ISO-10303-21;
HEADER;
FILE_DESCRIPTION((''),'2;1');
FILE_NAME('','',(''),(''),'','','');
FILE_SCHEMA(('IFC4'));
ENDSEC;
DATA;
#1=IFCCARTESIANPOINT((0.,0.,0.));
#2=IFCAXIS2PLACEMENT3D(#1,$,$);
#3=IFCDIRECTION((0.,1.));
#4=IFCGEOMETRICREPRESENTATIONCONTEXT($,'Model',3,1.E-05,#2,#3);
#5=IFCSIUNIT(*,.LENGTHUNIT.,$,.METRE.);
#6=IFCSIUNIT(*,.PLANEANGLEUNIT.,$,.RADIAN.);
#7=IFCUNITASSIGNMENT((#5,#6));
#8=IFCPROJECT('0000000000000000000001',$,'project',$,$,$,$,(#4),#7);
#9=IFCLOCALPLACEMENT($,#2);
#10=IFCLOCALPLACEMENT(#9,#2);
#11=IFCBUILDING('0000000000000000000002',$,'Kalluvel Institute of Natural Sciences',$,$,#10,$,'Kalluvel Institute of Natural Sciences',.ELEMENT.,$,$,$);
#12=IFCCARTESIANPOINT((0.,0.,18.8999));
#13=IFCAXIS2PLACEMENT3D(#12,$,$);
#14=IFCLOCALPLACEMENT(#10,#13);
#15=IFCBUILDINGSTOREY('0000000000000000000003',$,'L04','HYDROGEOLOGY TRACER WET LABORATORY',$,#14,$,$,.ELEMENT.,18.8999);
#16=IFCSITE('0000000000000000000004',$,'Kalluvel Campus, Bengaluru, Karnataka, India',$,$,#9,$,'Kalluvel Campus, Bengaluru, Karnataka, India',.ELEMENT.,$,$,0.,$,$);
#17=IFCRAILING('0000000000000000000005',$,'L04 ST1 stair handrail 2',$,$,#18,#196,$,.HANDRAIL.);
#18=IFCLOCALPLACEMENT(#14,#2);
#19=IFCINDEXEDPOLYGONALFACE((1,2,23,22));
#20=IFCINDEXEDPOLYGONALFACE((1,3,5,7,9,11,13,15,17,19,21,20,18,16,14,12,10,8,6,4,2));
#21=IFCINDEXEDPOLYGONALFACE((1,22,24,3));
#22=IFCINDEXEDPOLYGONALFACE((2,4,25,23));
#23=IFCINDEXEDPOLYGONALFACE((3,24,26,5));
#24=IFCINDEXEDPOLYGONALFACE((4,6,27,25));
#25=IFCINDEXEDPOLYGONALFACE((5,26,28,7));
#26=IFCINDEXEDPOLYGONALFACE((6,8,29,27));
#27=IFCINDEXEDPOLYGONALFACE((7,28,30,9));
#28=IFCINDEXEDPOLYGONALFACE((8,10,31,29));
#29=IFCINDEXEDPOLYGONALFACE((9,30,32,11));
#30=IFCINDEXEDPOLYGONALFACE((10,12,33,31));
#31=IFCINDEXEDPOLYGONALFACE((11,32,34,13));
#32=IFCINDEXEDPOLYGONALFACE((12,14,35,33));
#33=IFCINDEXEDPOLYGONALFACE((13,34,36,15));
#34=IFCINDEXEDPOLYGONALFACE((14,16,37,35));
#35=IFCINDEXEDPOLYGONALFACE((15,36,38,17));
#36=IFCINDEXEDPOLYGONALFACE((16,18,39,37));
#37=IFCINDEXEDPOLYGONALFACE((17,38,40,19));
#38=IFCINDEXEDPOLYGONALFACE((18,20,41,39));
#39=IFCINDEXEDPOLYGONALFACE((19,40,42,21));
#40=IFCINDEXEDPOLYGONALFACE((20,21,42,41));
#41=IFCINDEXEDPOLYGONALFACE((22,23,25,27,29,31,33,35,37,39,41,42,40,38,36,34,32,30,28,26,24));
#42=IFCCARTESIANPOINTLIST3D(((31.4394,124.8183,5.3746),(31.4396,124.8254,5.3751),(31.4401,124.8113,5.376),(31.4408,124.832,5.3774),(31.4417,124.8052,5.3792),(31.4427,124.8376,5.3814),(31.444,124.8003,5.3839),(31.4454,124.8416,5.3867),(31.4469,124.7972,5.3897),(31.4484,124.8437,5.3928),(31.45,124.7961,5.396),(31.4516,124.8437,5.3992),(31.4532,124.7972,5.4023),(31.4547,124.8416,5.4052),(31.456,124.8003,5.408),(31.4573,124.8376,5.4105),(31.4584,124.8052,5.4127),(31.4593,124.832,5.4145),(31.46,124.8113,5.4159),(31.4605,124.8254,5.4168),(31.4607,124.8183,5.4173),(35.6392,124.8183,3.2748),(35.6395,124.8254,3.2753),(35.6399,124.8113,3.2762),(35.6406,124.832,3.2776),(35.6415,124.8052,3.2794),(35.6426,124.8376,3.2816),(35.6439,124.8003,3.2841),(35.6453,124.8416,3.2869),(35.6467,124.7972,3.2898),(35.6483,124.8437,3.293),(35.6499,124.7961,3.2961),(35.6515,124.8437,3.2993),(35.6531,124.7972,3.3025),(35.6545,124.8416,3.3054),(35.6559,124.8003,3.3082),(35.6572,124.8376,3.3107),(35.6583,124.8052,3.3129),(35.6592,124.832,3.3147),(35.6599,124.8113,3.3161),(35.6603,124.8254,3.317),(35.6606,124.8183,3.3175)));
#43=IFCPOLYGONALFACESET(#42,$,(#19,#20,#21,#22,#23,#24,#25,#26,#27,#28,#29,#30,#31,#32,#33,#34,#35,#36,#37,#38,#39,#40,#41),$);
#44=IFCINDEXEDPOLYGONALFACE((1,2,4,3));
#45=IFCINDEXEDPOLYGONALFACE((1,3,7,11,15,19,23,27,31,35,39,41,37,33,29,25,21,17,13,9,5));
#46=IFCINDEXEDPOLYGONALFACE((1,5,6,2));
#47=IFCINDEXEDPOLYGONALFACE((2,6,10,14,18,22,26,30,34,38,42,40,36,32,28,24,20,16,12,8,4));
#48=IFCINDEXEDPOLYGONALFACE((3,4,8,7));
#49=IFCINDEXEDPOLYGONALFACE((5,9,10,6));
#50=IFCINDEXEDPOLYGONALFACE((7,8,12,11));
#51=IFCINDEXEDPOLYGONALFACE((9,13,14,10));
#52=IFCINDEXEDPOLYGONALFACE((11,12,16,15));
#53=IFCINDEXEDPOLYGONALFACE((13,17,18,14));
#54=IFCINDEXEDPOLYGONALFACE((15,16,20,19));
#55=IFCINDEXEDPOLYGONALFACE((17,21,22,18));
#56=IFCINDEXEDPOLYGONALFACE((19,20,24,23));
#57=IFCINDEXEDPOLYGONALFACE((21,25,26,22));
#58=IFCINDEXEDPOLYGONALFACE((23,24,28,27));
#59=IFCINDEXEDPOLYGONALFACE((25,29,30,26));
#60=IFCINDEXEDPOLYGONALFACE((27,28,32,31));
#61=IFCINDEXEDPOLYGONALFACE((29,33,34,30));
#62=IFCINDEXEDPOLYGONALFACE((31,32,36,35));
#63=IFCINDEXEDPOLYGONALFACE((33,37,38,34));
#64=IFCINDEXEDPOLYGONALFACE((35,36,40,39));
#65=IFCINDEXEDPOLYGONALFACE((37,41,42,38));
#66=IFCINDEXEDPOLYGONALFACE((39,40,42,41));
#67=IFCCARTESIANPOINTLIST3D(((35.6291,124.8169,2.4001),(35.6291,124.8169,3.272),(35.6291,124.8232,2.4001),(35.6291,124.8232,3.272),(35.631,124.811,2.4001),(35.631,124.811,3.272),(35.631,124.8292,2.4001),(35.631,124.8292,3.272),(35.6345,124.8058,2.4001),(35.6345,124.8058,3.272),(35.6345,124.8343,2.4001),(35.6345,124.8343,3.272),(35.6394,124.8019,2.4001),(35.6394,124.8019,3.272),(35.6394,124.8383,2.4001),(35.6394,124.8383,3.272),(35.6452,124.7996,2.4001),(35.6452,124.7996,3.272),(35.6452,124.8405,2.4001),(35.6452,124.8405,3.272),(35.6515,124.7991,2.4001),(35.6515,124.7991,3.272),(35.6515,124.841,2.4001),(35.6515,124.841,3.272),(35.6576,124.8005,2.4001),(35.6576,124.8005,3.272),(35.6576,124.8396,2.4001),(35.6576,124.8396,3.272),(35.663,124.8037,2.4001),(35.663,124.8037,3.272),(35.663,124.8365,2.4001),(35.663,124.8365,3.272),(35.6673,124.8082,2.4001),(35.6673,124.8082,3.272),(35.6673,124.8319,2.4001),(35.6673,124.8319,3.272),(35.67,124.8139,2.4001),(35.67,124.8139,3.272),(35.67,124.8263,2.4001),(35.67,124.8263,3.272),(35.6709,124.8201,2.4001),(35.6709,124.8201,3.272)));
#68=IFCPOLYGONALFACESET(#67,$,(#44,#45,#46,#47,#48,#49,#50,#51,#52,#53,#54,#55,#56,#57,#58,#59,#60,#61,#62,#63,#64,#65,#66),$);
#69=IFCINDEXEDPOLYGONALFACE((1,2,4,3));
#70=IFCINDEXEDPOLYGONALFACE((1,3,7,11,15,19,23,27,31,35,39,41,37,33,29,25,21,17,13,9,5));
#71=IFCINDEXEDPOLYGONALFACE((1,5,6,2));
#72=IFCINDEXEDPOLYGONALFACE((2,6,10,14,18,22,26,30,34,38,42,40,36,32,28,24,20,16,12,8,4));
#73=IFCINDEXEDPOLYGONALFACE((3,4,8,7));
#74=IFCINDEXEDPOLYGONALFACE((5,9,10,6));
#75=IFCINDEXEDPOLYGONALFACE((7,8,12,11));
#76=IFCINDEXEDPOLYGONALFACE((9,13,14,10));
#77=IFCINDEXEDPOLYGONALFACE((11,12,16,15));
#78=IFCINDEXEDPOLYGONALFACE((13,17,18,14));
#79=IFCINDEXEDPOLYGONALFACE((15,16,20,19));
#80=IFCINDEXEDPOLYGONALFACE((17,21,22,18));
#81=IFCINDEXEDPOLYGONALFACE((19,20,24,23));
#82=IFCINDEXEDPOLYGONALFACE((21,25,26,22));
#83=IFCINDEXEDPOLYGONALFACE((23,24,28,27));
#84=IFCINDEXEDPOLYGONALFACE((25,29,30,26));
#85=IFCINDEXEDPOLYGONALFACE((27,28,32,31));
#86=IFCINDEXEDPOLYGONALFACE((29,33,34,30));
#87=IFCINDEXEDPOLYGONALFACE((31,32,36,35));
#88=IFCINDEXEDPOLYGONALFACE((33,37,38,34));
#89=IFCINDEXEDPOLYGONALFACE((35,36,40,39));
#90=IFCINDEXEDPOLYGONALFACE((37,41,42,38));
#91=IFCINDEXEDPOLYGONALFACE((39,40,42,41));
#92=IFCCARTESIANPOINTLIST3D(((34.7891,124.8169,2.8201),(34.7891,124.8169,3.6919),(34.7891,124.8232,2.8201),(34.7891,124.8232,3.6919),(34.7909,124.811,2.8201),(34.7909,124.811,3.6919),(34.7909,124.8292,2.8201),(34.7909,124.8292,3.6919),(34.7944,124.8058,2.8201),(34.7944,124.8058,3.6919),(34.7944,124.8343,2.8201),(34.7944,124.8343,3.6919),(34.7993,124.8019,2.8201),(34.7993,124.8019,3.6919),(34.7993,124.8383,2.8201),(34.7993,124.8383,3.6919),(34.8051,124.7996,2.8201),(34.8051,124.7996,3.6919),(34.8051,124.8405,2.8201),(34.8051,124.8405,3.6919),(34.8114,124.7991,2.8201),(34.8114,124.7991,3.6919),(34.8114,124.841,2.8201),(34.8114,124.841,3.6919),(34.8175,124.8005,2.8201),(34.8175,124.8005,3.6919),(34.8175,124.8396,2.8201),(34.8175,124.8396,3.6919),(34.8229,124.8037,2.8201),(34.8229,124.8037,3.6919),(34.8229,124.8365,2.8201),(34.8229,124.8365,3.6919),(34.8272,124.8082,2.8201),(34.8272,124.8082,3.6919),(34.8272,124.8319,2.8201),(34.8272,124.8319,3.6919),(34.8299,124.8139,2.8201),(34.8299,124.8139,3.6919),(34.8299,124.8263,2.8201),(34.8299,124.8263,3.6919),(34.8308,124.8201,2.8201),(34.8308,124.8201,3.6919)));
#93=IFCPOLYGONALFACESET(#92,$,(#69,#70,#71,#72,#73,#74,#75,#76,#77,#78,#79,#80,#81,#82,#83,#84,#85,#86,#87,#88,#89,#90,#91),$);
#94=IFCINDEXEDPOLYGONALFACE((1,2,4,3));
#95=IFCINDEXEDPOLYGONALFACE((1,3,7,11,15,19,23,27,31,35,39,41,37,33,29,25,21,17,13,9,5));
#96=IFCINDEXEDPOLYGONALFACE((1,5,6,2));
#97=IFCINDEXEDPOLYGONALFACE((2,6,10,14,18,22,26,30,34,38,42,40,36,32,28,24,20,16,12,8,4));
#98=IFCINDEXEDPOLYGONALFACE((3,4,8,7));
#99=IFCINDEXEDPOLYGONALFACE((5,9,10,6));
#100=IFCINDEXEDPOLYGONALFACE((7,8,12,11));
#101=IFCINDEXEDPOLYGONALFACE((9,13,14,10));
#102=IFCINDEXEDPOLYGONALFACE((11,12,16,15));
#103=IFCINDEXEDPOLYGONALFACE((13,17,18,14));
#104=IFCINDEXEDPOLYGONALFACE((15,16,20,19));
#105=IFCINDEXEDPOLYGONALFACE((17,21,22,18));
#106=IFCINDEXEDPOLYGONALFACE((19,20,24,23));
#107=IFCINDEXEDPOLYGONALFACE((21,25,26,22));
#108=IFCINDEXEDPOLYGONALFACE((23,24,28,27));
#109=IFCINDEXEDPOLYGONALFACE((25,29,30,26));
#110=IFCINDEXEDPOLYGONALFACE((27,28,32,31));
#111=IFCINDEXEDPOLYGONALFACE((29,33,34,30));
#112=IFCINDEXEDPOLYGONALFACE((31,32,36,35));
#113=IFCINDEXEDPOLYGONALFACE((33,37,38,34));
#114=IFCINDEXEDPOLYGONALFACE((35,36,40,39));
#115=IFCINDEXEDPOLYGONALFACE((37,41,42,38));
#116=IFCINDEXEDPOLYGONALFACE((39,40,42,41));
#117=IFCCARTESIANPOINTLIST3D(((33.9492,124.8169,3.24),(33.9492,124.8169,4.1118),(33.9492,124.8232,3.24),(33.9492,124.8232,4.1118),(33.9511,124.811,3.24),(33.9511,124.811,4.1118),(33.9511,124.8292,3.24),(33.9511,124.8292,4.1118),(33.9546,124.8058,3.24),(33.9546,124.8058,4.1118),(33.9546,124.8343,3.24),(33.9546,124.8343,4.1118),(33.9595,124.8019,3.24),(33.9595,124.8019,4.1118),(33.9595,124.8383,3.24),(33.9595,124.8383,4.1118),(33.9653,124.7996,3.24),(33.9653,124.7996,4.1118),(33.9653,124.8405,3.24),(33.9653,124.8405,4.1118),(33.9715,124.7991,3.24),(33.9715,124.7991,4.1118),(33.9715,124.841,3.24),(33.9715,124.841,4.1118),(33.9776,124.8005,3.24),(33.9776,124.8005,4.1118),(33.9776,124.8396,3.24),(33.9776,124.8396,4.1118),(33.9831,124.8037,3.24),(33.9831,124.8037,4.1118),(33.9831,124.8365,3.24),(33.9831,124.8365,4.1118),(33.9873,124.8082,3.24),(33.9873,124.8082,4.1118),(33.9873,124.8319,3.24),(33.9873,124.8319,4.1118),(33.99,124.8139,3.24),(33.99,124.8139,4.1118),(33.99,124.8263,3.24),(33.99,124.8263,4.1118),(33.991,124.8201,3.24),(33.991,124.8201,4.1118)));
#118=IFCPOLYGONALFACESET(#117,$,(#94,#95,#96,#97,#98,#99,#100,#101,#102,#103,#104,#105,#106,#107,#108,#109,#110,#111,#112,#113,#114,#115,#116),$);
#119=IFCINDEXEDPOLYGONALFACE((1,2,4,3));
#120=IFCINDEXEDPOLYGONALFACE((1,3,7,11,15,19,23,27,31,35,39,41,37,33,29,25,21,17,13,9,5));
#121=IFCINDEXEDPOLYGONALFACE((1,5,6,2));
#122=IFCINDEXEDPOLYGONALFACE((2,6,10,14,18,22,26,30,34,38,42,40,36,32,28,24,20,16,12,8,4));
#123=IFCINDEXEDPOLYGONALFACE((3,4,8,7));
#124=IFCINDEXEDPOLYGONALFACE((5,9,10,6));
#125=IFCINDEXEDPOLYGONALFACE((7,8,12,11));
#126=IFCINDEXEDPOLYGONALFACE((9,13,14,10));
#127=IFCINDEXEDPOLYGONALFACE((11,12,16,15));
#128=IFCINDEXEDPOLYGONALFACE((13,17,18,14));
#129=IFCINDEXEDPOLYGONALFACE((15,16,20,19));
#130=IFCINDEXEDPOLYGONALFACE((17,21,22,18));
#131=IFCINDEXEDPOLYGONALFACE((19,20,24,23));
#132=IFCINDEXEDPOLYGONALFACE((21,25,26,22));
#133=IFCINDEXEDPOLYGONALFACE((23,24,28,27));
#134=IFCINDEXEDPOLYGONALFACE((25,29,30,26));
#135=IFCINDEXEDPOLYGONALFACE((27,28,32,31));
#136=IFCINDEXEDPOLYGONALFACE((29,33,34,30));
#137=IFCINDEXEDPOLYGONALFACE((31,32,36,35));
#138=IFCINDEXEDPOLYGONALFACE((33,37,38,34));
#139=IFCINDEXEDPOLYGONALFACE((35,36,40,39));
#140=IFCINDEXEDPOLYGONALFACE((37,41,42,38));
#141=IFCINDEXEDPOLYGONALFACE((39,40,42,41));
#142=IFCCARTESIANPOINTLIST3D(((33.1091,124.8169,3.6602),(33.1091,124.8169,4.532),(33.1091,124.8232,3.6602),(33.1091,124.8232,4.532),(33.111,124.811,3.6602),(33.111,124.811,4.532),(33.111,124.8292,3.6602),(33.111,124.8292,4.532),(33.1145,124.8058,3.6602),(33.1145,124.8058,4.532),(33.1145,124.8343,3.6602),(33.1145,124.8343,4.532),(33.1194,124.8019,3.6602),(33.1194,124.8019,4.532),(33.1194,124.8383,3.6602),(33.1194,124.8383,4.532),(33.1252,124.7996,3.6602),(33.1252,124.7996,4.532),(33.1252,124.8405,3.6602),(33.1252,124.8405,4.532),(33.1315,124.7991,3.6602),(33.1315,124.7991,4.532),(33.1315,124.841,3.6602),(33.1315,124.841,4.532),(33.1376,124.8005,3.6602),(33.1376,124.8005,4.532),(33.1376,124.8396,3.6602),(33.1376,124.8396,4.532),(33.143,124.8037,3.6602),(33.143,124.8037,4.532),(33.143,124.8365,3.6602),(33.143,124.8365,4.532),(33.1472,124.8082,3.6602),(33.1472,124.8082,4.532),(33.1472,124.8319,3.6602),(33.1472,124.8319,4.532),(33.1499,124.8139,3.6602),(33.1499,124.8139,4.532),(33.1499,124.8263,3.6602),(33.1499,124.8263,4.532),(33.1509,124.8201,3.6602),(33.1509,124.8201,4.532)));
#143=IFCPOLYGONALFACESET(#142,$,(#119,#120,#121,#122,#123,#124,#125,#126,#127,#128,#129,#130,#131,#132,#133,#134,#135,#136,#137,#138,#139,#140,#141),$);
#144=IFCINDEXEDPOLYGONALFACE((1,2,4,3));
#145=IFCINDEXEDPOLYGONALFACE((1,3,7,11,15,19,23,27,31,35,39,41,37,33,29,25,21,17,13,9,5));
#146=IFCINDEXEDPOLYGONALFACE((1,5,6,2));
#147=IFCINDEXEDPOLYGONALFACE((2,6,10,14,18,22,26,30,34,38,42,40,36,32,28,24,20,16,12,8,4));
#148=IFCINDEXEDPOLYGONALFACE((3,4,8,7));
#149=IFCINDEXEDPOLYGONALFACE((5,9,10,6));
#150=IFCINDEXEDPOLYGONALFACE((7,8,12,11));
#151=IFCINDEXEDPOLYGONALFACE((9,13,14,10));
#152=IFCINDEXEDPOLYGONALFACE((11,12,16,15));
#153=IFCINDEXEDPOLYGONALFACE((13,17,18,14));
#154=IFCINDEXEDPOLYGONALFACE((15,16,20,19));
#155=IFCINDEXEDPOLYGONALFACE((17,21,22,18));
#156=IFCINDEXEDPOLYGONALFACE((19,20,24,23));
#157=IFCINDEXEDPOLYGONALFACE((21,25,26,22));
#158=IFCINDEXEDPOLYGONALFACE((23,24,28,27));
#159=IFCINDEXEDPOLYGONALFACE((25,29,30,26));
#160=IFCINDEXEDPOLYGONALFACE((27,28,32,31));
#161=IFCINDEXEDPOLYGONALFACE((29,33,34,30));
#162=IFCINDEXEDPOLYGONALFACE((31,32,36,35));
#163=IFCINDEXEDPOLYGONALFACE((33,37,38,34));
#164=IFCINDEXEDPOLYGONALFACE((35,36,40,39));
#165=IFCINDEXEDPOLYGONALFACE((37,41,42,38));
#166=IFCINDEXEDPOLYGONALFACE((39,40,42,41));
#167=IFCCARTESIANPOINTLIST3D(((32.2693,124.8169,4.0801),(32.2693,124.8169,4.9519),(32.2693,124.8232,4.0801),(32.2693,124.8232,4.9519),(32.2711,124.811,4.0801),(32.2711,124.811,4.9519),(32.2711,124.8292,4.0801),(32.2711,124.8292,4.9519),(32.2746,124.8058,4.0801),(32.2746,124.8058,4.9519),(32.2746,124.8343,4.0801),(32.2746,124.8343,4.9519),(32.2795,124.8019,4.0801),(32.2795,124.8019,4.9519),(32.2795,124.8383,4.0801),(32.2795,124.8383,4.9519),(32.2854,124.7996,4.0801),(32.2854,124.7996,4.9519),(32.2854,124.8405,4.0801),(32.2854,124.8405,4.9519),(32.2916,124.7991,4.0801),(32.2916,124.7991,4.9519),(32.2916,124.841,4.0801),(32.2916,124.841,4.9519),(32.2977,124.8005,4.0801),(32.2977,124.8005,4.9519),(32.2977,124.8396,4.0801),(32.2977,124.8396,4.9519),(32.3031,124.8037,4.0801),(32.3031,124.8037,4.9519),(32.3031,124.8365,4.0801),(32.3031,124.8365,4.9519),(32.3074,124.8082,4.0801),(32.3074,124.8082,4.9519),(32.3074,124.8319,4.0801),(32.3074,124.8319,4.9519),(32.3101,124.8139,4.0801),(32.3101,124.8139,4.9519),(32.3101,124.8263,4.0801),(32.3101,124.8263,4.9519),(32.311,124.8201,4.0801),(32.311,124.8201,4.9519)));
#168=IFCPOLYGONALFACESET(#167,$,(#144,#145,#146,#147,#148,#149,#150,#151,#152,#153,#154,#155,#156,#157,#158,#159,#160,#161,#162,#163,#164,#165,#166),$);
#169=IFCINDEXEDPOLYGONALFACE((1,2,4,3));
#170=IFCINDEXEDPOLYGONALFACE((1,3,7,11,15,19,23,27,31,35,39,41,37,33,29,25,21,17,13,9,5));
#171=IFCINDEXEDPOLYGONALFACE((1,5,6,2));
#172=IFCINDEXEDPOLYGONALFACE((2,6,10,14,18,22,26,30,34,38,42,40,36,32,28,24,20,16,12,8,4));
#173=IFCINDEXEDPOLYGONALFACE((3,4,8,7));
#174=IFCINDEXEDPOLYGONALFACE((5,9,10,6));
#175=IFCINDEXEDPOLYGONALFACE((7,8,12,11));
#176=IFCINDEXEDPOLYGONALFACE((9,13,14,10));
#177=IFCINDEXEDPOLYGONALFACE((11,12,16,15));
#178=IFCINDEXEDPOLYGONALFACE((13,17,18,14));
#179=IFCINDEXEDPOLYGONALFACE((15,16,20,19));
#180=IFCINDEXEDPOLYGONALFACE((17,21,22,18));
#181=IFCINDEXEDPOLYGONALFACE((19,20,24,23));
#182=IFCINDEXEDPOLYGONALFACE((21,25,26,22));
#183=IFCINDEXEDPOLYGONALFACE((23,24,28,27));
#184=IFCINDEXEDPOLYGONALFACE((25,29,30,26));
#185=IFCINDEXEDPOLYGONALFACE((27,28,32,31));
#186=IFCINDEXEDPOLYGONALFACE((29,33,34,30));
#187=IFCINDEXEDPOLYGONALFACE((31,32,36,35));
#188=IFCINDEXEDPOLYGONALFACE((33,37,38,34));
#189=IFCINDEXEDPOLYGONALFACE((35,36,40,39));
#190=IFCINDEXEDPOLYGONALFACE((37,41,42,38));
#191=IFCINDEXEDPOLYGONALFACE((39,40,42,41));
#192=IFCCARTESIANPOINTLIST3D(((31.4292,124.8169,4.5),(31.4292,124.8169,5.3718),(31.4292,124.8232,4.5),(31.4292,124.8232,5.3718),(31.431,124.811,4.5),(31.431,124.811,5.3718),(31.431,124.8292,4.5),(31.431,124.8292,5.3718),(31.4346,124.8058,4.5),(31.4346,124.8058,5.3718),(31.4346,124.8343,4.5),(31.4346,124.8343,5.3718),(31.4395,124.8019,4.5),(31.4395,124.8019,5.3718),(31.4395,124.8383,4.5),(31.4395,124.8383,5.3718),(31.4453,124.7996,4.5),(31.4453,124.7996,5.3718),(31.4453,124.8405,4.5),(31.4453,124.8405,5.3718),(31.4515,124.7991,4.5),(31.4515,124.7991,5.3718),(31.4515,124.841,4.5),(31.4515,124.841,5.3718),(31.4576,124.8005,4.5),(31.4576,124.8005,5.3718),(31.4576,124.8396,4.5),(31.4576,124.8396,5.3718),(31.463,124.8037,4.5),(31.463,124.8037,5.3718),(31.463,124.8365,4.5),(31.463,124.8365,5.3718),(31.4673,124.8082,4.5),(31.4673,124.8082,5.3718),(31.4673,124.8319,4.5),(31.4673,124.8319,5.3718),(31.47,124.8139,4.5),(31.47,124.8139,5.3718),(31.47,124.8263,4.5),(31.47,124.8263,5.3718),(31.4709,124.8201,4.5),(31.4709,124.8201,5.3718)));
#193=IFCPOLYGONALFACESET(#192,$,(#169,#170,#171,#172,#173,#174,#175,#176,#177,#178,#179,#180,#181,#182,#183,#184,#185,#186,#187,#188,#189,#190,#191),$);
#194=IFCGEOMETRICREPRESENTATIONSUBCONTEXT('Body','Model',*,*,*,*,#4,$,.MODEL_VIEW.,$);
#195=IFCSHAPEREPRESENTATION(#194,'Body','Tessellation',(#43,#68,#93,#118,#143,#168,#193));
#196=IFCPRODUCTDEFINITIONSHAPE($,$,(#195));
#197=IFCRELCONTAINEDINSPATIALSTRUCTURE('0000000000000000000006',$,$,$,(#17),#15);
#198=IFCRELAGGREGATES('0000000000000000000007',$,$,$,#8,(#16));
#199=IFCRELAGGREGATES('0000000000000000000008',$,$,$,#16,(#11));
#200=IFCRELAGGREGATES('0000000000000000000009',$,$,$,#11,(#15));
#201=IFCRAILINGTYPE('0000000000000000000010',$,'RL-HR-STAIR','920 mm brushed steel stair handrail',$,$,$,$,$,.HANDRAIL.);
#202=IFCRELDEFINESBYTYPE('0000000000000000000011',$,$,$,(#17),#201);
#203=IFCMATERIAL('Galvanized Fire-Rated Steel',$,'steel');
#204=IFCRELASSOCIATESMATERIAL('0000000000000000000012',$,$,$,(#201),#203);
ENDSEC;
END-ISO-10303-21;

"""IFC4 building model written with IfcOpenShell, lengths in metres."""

from ifc_helpers import new_model, si_unit, direction, frame, origin, origin_2d, place, context, subcontext, project, spatial, circle, extrude, material, type_object, element, save


model = new_model("IFC4")

# Units and contexts
model_context = context("Model", 3, precision=1e-05, world=origin(), true_north=direction((0.0, 1.0)))
body_context = subcontext(model_context, "Body", "Model", "MODEL_VIEW")
ifc_project = project(units=[si_unit("LENGTHUNIT", "METRE"), si_unit("PLANEANGLEUNIT", "RADIAN")], contexts=[model_context])

# Site, building, storey
site_placement = place(None, origin())
site = spatial("IfcSite", under=ifc_project, at=site_placement, Name="Kalluvel Campus, Bengaluru, Karnataka, India", LongName="Kalluvel Campus, Bengaluru, Karnataka, India", CompositionType="ELEMENT", RefElevation=0.0)
building_placement = place(site_placement, origin())
building = spatial("IfcBuilding", under=site, at=building_placement, Name="Kalluvel Institute of Natural Sciences", LongName="Kalluvel Institute of Natural Sciences", CompositionType="ELEMENT")
storey_placement = place(building_placement, frame((0.0, 0.0, 18.8999)))
storey = spatial("IfcBuildingStorey", under=building, at=storey_placement, Name="L04", Description="HYDROGEOLOGY TRACER WET LABORATORY", CompositionType="ELEMENT", Elevation=18.8999)

# Shared definitions
ifc_material_1 = material(Name="Galvanized Fire-Rated Steel", Category="steel")

# Railing
railing_type_1 = type_object("IfcRailingType", Name="RL-HR-STAIR", Description="920 mm brushed steel stair handrail", PredefinedType="HANDRAIL", material=ifc_material_1)
railing_1_placement = place(storey_placement, frame((35.6499, 124.8201, 2.4001)))
element("IfcRailing", 1, at=railing_1_placement, inside=storey, type_object=railing_type_1, Name="L04 ST1 stair handrail 2", PredefinedType="HANDRAIL", context=body_context, shape_type="SweptSolid", body=[
    extrude(circle(Radius=0.0239, at=origin_2d()), frame((0.0, 0.0, 0.896), z_axis=(-0.894438, 0.0, 0.447193), x_axis=(0.0, -1.0, 0.0)), (0.0, 0.0, 1.0), 4.6956),
    extrude(circle(Radius=0.021, at=origin_2d()), origin(), (0.0, 0.0, 1.0), 0.8718),
    extrude(circle(Radius=0.021, at=origin_2d()), frame((-0.8401, 0.0, 0.4199)), (0.0, 0.0, 1.0), 0.8718),
    extrude(circle(Radius=0.021, at=origin_2d()), frame((-1.6799, 0.0, 0.8398)), (0.0, 0.0, 1.0), 0.8718),
    extrude(circle(Radius=0.021, at=origin_2d()), frame((-2.52, 0.0, 1.26)), (0.0, 0.0, 1.0), 0.8718),
    extrude(circle(Radius=0.021, at=origin_2d()), frame((-3.3599, 0.0, 1.6799)), (0.0, 0.0, 1.0), 0.8718),
    extrude(circle(Radius=0.021, at=origin_2d()), frame((-4.2, 0.0, 2.0999)), (0.0, 0.0, 1.0), 0.8718),
])

save(model, "model.ifc")
